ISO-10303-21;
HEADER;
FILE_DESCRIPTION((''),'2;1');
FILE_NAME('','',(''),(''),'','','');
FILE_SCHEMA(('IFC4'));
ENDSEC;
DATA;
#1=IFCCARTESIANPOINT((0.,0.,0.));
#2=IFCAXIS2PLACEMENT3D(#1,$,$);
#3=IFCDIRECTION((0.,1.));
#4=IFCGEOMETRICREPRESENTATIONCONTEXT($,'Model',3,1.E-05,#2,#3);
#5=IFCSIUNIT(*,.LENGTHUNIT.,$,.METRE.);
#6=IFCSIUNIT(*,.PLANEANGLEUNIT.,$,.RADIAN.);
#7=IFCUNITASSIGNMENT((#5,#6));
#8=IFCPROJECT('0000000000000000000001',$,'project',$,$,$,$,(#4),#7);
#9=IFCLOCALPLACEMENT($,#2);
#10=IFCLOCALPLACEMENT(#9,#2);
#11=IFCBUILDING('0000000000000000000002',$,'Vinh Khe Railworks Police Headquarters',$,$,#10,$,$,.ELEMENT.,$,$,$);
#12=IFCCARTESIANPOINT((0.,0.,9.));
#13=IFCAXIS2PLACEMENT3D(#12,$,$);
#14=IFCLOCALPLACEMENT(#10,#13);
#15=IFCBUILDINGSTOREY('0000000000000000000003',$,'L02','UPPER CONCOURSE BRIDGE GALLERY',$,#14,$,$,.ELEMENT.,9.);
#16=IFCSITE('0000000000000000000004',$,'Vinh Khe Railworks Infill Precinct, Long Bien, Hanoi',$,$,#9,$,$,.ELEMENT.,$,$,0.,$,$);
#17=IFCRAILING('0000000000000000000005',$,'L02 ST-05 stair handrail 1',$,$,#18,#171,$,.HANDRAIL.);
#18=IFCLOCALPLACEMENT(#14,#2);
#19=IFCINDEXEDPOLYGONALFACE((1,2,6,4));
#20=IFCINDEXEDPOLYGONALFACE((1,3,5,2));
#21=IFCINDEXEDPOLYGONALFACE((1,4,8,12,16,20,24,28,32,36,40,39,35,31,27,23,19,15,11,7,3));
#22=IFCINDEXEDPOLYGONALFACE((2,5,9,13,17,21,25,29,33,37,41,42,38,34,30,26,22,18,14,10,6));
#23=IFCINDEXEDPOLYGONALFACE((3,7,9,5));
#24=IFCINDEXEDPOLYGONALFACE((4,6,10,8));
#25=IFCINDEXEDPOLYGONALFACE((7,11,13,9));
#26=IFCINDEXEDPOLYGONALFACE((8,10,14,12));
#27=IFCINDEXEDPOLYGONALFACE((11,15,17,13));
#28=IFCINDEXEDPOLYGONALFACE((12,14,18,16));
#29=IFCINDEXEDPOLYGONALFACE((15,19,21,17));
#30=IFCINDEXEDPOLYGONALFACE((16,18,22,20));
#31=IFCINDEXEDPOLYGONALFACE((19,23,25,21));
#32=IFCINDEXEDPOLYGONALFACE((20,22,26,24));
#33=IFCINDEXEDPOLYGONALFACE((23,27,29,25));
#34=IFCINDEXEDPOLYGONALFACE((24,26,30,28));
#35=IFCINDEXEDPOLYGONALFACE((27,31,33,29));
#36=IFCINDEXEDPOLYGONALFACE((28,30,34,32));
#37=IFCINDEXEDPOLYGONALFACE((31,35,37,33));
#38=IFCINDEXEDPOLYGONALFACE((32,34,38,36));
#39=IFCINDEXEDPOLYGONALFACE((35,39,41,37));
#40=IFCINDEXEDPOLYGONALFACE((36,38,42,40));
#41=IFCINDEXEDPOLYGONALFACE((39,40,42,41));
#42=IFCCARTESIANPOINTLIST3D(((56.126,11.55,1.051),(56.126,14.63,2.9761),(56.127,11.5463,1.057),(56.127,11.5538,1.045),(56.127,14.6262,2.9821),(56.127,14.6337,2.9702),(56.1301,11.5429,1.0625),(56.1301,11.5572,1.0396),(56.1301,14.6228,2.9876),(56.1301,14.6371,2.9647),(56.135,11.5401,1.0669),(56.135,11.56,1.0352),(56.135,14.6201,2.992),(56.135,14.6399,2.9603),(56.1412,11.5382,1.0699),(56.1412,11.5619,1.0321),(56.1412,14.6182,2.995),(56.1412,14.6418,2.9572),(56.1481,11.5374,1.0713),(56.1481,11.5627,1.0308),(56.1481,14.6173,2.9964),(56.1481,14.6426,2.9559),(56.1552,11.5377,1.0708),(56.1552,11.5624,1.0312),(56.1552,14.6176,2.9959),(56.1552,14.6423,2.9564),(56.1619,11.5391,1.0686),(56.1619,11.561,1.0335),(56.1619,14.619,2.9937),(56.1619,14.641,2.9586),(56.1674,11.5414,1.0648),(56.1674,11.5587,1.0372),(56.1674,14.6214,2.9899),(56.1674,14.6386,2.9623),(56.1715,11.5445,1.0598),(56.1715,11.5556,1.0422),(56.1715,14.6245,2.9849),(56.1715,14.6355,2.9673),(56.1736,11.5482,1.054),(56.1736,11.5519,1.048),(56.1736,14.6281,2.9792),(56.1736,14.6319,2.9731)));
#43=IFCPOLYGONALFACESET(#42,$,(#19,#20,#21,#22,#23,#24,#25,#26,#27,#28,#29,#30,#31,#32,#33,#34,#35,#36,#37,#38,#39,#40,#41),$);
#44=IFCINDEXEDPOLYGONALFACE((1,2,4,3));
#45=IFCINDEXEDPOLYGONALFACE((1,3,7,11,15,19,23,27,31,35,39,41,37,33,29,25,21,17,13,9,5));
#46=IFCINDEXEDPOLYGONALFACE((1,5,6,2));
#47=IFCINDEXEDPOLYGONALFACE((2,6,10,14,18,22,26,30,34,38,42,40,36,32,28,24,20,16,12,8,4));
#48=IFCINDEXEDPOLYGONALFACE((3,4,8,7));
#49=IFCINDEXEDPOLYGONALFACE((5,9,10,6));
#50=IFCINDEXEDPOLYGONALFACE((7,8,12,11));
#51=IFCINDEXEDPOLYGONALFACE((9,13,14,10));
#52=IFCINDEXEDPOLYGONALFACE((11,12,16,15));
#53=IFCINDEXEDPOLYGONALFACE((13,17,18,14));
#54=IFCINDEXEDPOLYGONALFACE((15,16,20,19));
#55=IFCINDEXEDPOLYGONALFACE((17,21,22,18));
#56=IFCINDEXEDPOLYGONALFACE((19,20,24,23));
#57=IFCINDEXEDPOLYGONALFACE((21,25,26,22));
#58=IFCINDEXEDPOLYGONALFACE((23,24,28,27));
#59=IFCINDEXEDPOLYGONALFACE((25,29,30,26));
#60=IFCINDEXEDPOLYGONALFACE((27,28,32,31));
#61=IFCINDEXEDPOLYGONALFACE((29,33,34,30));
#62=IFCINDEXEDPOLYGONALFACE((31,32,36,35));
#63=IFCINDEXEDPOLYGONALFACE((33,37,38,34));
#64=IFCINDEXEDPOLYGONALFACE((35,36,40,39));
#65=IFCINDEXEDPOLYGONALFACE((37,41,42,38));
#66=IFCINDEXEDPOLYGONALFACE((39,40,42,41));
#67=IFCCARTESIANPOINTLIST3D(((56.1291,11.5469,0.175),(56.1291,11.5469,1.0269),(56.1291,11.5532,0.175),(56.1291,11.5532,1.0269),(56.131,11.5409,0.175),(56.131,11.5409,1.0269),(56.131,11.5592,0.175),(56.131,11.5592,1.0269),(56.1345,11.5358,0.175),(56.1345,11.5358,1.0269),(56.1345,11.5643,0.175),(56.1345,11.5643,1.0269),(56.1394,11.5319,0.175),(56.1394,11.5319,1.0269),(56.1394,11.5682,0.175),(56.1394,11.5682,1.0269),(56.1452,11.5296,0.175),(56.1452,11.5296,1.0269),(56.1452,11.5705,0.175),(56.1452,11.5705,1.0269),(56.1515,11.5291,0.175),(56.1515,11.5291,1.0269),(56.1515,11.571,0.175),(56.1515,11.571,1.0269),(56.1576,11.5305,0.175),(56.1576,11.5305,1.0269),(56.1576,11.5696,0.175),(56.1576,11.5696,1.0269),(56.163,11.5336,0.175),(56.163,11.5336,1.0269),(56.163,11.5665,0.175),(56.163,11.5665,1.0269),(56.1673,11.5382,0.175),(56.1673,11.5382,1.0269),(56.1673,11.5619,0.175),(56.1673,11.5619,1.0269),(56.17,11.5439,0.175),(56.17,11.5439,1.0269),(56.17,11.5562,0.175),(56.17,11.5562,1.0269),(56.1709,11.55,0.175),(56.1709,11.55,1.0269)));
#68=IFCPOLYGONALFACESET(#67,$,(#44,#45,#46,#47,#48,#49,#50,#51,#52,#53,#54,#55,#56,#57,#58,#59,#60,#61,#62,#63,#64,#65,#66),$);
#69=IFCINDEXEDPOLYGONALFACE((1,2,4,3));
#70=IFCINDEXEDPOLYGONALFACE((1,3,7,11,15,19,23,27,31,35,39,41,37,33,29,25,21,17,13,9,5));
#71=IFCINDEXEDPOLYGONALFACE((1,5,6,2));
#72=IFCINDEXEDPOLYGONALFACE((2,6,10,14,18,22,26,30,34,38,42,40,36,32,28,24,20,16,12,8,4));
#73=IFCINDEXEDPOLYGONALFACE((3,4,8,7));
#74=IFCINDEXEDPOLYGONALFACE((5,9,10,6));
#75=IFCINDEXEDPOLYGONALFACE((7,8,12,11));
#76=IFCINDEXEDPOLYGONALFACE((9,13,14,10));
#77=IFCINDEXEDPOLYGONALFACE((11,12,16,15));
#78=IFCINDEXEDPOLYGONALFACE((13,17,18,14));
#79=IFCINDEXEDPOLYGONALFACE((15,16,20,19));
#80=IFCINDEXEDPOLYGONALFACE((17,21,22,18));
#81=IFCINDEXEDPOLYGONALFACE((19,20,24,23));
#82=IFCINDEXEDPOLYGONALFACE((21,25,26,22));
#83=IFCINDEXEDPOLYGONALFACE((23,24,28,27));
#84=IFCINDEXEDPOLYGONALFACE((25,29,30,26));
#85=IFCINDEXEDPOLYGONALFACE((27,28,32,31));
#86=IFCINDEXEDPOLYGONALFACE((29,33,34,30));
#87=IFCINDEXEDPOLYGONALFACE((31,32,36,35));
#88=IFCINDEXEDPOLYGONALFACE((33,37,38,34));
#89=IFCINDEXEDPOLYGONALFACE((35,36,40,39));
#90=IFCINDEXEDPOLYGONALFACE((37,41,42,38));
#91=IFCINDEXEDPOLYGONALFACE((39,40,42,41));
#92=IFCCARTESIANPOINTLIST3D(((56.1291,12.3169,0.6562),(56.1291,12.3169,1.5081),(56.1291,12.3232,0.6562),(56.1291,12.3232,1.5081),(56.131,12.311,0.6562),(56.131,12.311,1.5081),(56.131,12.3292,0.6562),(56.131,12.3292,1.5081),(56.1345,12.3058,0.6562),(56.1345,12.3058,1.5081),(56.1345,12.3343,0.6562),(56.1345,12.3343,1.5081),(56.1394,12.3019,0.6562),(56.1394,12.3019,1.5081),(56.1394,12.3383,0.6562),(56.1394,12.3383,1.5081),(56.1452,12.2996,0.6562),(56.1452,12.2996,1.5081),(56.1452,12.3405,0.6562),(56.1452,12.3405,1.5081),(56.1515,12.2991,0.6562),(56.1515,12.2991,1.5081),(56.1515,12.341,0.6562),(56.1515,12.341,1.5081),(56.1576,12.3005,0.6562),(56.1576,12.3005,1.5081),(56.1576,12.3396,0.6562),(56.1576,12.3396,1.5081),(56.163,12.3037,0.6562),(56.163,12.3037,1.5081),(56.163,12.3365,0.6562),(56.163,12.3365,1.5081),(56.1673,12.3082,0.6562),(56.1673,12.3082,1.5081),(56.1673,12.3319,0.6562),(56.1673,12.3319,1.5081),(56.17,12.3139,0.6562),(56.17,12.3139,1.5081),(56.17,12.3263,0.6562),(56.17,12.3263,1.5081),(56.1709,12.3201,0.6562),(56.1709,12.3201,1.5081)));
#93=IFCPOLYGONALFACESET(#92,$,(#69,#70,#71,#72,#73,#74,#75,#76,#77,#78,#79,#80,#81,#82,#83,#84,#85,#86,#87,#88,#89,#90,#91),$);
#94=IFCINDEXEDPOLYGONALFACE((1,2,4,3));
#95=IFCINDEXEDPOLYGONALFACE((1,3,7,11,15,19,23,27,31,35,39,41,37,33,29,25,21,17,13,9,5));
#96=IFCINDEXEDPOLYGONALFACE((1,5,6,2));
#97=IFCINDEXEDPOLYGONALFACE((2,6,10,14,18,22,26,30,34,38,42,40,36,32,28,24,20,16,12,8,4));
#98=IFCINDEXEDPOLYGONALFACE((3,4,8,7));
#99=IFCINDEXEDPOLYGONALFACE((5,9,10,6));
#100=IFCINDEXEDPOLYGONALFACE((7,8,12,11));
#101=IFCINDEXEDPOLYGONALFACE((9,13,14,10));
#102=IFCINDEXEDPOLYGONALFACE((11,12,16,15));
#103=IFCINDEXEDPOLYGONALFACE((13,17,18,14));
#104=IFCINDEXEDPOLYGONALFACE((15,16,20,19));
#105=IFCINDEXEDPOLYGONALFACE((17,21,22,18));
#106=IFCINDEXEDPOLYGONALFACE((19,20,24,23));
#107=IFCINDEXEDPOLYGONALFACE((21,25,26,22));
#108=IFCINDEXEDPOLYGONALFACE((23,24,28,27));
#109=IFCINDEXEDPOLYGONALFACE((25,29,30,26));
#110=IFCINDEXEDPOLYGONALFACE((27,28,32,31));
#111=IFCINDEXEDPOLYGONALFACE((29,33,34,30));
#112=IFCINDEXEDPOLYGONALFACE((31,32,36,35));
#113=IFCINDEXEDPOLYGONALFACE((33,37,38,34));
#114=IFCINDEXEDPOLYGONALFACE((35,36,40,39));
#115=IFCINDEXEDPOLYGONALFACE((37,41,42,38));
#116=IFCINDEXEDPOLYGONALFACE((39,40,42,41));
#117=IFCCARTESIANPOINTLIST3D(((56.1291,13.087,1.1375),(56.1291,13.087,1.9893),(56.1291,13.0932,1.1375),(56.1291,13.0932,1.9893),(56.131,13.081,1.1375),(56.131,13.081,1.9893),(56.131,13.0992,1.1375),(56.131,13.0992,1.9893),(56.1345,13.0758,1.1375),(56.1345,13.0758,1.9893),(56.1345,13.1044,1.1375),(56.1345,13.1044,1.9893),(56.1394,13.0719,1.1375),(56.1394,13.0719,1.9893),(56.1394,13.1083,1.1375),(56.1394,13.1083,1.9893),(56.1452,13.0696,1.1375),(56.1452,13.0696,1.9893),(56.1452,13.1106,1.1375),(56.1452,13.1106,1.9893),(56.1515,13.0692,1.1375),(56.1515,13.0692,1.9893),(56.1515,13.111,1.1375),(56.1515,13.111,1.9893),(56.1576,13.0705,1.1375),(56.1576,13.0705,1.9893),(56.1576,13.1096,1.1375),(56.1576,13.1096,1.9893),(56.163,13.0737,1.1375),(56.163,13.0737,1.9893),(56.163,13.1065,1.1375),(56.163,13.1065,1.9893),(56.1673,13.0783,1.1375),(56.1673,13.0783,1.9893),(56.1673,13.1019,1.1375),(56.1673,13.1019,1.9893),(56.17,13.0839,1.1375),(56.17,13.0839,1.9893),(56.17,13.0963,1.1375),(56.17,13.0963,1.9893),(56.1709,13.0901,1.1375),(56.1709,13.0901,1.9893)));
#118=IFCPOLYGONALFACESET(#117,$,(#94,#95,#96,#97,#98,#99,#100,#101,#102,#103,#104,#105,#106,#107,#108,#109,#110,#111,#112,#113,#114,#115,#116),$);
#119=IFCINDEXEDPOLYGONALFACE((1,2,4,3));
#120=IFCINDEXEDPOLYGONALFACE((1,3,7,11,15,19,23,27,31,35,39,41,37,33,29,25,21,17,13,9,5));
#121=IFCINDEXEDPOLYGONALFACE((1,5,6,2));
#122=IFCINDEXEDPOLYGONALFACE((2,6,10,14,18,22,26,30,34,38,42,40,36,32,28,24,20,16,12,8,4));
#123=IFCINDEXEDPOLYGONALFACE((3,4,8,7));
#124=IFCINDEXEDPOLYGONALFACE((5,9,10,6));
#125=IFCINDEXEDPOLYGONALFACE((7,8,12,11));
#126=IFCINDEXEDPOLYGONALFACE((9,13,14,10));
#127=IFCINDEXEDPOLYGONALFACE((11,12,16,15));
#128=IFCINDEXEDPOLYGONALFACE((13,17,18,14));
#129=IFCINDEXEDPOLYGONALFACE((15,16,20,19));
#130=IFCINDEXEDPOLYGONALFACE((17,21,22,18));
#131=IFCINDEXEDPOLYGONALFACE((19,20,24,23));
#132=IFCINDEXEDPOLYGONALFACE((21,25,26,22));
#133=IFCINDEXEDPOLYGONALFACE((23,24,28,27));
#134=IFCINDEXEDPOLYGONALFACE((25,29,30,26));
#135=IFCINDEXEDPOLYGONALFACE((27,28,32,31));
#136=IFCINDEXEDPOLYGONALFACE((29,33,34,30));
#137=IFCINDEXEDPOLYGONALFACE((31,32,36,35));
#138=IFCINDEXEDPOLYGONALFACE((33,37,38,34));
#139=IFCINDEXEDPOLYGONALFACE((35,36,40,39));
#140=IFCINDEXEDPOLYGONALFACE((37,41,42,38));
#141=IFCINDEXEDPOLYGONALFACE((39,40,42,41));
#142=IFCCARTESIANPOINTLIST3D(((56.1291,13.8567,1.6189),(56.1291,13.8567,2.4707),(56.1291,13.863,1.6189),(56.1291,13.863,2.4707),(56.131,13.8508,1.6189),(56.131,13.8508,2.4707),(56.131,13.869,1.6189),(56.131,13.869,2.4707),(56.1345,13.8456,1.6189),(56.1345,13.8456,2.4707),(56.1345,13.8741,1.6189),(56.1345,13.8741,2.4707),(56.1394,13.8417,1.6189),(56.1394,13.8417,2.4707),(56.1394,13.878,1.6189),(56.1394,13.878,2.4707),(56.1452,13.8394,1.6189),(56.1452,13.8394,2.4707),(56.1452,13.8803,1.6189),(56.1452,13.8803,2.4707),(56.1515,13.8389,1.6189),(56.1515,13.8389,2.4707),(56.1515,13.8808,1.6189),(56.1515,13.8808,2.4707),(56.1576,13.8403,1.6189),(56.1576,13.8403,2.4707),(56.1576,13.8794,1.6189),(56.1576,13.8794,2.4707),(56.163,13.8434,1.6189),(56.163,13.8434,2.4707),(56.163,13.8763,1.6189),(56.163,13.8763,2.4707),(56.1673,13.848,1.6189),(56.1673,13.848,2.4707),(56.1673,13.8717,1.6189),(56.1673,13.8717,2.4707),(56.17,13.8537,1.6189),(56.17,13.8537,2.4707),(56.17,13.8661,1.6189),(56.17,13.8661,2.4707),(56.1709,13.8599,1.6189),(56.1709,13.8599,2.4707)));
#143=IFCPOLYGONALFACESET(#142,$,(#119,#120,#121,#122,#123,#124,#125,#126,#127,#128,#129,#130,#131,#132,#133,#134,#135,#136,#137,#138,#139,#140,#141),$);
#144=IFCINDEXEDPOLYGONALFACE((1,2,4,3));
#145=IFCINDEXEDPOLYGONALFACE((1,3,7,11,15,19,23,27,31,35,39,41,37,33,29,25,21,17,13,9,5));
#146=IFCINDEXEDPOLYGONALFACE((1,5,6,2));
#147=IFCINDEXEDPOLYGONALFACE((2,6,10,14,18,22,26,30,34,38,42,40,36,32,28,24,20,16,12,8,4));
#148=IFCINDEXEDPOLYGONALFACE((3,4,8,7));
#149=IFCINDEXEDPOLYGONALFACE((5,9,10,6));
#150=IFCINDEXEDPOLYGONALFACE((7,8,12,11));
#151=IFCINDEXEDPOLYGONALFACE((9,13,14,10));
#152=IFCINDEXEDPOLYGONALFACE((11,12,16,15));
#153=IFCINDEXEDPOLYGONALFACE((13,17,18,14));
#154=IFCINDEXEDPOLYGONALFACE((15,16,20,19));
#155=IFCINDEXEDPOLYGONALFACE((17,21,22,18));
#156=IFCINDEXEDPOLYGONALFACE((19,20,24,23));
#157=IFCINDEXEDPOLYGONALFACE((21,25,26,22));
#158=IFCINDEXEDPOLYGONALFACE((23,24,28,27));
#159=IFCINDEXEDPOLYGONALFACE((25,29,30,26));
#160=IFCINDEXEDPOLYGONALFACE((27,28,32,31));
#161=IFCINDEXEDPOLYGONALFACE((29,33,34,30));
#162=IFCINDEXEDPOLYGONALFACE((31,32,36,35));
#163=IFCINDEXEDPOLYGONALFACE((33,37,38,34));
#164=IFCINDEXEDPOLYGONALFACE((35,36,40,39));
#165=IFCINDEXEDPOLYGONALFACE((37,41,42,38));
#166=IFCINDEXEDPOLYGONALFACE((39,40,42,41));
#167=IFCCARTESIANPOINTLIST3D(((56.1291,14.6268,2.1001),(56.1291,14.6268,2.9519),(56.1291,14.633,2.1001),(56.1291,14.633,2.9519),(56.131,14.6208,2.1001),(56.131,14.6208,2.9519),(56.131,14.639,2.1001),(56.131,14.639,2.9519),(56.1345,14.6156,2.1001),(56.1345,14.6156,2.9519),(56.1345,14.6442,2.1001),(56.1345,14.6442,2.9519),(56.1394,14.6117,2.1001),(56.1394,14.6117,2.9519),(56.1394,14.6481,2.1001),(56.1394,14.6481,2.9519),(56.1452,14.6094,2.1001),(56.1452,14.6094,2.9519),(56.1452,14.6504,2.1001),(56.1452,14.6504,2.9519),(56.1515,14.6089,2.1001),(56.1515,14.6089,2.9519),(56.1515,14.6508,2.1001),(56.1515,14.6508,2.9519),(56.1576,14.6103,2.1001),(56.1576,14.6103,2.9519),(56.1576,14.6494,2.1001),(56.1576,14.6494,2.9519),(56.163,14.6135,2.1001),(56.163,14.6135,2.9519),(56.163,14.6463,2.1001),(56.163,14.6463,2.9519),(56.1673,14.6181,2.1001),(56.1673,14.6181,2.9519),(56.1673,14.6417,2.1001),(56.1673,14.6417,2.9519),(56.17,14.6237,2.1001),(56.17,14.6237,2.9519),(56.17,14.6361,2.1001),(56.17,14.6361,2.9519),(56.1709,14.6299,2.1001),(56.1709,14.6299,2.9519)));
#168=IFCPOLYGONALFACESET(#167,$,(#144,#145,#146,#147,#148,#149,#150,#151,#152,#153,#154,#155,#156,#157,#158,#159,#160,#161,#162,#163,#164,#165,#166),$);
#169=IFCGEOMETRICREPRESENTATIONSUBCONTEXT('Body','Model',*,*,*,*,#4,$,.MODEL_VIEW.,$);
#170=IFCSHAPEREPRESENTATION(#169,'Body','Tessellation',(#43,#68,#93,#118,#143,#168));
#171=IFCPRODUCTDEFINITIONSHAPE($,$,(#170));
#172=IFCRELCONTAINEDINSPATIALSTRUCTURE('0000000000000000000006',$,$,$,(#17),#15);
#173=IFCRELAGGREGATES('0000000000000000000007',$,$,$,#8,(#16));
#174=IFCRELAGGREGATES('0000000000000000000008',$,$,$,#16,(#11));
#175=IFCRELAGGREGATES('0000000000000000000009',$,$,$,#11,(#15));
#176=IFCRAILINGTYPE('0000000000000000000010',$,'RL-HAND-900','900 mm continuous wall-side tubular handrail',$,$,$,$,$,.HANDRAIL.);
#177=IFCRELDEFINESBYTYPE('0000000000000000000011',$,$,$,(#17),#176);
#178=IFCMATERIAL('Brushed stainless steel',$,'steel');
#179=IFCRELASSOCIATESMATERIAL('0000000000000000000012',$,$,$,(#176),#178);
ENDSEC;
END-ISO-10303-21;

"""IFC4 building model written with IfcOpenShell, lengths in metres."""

from ifc_helpers import new_model, si_unit, direction, frame, origin, origin_2d, place, context, subcontext, project, spatial, circle, extrude, material, type_object, element, save


model = new_model("IFC4")

# Units and contexts
model_context = context("Model", 3, precision=1e-05, world=origin(), true_north=direction((0.0, 1.0)))
body_context = subcontext(model_context, "Body", "Model", "MODEL_VIEW")
ifc_project = project(units=[si_unit("LENGTHUNIT", "METRE"), si_unit("PLANEANGLEUNIT", "RADIAN")], contexts=[model_context])

# Site, building, storey
site_placement = place(None, origin())
site = spatial("IfcSite", under=ifc_project, at=site_placement, Name="Vinh Khe Railworks Infill Precinct, Long Bien, Hanoi", CompositionType="ELEMENT", RefElevation=0.0)
building_placement = place(site_placement, origin())
building = spatial("IfcBuilding", under=site, at=building_placement, Name="Vinh Khe Railworks Police Headquarters", CompositionType="ELEMENT")
storey_placement = place(building_placement, frame((0.0, 0.0, 9.0)))
storey = spatial("IfcBuildingStorey", under=building, at=storey_placement, Name="L02", Description="UPPER CONCOURSE BRIDGE GALLERY", CompositionType="ELEMENT", Elevation=9.0)

# Railing
ifc_material_1 = material(Name="Brushed stainless steel", Category="steel")
railing_type_1 = type_object("IfcRailingType", Name="RL-HAND-900", Description="900 mm continuous wall-side tubular handrail", PredefinedType="HANDRAIL", material=ifc_material_1)
railing_1_placement = place(storey_placement, frame((56.1499, 11.55, 0.175)))
element("IfcRailing", 1, at=railing_1_placement, inside=storey, type_object=railing_type_1, Name="L02 ST-05 stair handrail 1", PredefinedType="HANDRAIL", context=body_context, shape_type="SweptSolid", body=[
    extrude(circle(Radius=0.0239, at=origin_2d()), frame((0.0, 0.0, 0.876), z_axis=(0.0, 0.847979, 0.530029), x_axis=(-1.0, 0.0, 0.0)), (0.0, 0.0, 1.0), 3.6321),
    extrude(circle(Radius=0.021, at=origin_2d()), origin(), (0.0, 0.0, 1.0), 0.8518),
    extrude(circle(Radius=0.021, at=origin_2d()), frame((0.0, 0.77, 0.4812)), (0.0, 0.0, 1.0), 0.8518),
    extrude(circle(Radius=0.021, at=origin_2d()), frame((0.0, 1.54, 0.9624)), (0.0, 0.0, 1.0), 0.8518),
    extrude(circle(Radius=0.021, at=origin_2d()), frame((0.0, 2.3098, 1.4438)), (0.0, 0.0, 1.0), 0.8518),
    extrude(circle(Radius=0.021, at=origin_2d()), frame((0.0, 3.0798, 1.925)), (0.0, 0.0, 1.0), 0.8518),
])

save(model, "model.ifc")
